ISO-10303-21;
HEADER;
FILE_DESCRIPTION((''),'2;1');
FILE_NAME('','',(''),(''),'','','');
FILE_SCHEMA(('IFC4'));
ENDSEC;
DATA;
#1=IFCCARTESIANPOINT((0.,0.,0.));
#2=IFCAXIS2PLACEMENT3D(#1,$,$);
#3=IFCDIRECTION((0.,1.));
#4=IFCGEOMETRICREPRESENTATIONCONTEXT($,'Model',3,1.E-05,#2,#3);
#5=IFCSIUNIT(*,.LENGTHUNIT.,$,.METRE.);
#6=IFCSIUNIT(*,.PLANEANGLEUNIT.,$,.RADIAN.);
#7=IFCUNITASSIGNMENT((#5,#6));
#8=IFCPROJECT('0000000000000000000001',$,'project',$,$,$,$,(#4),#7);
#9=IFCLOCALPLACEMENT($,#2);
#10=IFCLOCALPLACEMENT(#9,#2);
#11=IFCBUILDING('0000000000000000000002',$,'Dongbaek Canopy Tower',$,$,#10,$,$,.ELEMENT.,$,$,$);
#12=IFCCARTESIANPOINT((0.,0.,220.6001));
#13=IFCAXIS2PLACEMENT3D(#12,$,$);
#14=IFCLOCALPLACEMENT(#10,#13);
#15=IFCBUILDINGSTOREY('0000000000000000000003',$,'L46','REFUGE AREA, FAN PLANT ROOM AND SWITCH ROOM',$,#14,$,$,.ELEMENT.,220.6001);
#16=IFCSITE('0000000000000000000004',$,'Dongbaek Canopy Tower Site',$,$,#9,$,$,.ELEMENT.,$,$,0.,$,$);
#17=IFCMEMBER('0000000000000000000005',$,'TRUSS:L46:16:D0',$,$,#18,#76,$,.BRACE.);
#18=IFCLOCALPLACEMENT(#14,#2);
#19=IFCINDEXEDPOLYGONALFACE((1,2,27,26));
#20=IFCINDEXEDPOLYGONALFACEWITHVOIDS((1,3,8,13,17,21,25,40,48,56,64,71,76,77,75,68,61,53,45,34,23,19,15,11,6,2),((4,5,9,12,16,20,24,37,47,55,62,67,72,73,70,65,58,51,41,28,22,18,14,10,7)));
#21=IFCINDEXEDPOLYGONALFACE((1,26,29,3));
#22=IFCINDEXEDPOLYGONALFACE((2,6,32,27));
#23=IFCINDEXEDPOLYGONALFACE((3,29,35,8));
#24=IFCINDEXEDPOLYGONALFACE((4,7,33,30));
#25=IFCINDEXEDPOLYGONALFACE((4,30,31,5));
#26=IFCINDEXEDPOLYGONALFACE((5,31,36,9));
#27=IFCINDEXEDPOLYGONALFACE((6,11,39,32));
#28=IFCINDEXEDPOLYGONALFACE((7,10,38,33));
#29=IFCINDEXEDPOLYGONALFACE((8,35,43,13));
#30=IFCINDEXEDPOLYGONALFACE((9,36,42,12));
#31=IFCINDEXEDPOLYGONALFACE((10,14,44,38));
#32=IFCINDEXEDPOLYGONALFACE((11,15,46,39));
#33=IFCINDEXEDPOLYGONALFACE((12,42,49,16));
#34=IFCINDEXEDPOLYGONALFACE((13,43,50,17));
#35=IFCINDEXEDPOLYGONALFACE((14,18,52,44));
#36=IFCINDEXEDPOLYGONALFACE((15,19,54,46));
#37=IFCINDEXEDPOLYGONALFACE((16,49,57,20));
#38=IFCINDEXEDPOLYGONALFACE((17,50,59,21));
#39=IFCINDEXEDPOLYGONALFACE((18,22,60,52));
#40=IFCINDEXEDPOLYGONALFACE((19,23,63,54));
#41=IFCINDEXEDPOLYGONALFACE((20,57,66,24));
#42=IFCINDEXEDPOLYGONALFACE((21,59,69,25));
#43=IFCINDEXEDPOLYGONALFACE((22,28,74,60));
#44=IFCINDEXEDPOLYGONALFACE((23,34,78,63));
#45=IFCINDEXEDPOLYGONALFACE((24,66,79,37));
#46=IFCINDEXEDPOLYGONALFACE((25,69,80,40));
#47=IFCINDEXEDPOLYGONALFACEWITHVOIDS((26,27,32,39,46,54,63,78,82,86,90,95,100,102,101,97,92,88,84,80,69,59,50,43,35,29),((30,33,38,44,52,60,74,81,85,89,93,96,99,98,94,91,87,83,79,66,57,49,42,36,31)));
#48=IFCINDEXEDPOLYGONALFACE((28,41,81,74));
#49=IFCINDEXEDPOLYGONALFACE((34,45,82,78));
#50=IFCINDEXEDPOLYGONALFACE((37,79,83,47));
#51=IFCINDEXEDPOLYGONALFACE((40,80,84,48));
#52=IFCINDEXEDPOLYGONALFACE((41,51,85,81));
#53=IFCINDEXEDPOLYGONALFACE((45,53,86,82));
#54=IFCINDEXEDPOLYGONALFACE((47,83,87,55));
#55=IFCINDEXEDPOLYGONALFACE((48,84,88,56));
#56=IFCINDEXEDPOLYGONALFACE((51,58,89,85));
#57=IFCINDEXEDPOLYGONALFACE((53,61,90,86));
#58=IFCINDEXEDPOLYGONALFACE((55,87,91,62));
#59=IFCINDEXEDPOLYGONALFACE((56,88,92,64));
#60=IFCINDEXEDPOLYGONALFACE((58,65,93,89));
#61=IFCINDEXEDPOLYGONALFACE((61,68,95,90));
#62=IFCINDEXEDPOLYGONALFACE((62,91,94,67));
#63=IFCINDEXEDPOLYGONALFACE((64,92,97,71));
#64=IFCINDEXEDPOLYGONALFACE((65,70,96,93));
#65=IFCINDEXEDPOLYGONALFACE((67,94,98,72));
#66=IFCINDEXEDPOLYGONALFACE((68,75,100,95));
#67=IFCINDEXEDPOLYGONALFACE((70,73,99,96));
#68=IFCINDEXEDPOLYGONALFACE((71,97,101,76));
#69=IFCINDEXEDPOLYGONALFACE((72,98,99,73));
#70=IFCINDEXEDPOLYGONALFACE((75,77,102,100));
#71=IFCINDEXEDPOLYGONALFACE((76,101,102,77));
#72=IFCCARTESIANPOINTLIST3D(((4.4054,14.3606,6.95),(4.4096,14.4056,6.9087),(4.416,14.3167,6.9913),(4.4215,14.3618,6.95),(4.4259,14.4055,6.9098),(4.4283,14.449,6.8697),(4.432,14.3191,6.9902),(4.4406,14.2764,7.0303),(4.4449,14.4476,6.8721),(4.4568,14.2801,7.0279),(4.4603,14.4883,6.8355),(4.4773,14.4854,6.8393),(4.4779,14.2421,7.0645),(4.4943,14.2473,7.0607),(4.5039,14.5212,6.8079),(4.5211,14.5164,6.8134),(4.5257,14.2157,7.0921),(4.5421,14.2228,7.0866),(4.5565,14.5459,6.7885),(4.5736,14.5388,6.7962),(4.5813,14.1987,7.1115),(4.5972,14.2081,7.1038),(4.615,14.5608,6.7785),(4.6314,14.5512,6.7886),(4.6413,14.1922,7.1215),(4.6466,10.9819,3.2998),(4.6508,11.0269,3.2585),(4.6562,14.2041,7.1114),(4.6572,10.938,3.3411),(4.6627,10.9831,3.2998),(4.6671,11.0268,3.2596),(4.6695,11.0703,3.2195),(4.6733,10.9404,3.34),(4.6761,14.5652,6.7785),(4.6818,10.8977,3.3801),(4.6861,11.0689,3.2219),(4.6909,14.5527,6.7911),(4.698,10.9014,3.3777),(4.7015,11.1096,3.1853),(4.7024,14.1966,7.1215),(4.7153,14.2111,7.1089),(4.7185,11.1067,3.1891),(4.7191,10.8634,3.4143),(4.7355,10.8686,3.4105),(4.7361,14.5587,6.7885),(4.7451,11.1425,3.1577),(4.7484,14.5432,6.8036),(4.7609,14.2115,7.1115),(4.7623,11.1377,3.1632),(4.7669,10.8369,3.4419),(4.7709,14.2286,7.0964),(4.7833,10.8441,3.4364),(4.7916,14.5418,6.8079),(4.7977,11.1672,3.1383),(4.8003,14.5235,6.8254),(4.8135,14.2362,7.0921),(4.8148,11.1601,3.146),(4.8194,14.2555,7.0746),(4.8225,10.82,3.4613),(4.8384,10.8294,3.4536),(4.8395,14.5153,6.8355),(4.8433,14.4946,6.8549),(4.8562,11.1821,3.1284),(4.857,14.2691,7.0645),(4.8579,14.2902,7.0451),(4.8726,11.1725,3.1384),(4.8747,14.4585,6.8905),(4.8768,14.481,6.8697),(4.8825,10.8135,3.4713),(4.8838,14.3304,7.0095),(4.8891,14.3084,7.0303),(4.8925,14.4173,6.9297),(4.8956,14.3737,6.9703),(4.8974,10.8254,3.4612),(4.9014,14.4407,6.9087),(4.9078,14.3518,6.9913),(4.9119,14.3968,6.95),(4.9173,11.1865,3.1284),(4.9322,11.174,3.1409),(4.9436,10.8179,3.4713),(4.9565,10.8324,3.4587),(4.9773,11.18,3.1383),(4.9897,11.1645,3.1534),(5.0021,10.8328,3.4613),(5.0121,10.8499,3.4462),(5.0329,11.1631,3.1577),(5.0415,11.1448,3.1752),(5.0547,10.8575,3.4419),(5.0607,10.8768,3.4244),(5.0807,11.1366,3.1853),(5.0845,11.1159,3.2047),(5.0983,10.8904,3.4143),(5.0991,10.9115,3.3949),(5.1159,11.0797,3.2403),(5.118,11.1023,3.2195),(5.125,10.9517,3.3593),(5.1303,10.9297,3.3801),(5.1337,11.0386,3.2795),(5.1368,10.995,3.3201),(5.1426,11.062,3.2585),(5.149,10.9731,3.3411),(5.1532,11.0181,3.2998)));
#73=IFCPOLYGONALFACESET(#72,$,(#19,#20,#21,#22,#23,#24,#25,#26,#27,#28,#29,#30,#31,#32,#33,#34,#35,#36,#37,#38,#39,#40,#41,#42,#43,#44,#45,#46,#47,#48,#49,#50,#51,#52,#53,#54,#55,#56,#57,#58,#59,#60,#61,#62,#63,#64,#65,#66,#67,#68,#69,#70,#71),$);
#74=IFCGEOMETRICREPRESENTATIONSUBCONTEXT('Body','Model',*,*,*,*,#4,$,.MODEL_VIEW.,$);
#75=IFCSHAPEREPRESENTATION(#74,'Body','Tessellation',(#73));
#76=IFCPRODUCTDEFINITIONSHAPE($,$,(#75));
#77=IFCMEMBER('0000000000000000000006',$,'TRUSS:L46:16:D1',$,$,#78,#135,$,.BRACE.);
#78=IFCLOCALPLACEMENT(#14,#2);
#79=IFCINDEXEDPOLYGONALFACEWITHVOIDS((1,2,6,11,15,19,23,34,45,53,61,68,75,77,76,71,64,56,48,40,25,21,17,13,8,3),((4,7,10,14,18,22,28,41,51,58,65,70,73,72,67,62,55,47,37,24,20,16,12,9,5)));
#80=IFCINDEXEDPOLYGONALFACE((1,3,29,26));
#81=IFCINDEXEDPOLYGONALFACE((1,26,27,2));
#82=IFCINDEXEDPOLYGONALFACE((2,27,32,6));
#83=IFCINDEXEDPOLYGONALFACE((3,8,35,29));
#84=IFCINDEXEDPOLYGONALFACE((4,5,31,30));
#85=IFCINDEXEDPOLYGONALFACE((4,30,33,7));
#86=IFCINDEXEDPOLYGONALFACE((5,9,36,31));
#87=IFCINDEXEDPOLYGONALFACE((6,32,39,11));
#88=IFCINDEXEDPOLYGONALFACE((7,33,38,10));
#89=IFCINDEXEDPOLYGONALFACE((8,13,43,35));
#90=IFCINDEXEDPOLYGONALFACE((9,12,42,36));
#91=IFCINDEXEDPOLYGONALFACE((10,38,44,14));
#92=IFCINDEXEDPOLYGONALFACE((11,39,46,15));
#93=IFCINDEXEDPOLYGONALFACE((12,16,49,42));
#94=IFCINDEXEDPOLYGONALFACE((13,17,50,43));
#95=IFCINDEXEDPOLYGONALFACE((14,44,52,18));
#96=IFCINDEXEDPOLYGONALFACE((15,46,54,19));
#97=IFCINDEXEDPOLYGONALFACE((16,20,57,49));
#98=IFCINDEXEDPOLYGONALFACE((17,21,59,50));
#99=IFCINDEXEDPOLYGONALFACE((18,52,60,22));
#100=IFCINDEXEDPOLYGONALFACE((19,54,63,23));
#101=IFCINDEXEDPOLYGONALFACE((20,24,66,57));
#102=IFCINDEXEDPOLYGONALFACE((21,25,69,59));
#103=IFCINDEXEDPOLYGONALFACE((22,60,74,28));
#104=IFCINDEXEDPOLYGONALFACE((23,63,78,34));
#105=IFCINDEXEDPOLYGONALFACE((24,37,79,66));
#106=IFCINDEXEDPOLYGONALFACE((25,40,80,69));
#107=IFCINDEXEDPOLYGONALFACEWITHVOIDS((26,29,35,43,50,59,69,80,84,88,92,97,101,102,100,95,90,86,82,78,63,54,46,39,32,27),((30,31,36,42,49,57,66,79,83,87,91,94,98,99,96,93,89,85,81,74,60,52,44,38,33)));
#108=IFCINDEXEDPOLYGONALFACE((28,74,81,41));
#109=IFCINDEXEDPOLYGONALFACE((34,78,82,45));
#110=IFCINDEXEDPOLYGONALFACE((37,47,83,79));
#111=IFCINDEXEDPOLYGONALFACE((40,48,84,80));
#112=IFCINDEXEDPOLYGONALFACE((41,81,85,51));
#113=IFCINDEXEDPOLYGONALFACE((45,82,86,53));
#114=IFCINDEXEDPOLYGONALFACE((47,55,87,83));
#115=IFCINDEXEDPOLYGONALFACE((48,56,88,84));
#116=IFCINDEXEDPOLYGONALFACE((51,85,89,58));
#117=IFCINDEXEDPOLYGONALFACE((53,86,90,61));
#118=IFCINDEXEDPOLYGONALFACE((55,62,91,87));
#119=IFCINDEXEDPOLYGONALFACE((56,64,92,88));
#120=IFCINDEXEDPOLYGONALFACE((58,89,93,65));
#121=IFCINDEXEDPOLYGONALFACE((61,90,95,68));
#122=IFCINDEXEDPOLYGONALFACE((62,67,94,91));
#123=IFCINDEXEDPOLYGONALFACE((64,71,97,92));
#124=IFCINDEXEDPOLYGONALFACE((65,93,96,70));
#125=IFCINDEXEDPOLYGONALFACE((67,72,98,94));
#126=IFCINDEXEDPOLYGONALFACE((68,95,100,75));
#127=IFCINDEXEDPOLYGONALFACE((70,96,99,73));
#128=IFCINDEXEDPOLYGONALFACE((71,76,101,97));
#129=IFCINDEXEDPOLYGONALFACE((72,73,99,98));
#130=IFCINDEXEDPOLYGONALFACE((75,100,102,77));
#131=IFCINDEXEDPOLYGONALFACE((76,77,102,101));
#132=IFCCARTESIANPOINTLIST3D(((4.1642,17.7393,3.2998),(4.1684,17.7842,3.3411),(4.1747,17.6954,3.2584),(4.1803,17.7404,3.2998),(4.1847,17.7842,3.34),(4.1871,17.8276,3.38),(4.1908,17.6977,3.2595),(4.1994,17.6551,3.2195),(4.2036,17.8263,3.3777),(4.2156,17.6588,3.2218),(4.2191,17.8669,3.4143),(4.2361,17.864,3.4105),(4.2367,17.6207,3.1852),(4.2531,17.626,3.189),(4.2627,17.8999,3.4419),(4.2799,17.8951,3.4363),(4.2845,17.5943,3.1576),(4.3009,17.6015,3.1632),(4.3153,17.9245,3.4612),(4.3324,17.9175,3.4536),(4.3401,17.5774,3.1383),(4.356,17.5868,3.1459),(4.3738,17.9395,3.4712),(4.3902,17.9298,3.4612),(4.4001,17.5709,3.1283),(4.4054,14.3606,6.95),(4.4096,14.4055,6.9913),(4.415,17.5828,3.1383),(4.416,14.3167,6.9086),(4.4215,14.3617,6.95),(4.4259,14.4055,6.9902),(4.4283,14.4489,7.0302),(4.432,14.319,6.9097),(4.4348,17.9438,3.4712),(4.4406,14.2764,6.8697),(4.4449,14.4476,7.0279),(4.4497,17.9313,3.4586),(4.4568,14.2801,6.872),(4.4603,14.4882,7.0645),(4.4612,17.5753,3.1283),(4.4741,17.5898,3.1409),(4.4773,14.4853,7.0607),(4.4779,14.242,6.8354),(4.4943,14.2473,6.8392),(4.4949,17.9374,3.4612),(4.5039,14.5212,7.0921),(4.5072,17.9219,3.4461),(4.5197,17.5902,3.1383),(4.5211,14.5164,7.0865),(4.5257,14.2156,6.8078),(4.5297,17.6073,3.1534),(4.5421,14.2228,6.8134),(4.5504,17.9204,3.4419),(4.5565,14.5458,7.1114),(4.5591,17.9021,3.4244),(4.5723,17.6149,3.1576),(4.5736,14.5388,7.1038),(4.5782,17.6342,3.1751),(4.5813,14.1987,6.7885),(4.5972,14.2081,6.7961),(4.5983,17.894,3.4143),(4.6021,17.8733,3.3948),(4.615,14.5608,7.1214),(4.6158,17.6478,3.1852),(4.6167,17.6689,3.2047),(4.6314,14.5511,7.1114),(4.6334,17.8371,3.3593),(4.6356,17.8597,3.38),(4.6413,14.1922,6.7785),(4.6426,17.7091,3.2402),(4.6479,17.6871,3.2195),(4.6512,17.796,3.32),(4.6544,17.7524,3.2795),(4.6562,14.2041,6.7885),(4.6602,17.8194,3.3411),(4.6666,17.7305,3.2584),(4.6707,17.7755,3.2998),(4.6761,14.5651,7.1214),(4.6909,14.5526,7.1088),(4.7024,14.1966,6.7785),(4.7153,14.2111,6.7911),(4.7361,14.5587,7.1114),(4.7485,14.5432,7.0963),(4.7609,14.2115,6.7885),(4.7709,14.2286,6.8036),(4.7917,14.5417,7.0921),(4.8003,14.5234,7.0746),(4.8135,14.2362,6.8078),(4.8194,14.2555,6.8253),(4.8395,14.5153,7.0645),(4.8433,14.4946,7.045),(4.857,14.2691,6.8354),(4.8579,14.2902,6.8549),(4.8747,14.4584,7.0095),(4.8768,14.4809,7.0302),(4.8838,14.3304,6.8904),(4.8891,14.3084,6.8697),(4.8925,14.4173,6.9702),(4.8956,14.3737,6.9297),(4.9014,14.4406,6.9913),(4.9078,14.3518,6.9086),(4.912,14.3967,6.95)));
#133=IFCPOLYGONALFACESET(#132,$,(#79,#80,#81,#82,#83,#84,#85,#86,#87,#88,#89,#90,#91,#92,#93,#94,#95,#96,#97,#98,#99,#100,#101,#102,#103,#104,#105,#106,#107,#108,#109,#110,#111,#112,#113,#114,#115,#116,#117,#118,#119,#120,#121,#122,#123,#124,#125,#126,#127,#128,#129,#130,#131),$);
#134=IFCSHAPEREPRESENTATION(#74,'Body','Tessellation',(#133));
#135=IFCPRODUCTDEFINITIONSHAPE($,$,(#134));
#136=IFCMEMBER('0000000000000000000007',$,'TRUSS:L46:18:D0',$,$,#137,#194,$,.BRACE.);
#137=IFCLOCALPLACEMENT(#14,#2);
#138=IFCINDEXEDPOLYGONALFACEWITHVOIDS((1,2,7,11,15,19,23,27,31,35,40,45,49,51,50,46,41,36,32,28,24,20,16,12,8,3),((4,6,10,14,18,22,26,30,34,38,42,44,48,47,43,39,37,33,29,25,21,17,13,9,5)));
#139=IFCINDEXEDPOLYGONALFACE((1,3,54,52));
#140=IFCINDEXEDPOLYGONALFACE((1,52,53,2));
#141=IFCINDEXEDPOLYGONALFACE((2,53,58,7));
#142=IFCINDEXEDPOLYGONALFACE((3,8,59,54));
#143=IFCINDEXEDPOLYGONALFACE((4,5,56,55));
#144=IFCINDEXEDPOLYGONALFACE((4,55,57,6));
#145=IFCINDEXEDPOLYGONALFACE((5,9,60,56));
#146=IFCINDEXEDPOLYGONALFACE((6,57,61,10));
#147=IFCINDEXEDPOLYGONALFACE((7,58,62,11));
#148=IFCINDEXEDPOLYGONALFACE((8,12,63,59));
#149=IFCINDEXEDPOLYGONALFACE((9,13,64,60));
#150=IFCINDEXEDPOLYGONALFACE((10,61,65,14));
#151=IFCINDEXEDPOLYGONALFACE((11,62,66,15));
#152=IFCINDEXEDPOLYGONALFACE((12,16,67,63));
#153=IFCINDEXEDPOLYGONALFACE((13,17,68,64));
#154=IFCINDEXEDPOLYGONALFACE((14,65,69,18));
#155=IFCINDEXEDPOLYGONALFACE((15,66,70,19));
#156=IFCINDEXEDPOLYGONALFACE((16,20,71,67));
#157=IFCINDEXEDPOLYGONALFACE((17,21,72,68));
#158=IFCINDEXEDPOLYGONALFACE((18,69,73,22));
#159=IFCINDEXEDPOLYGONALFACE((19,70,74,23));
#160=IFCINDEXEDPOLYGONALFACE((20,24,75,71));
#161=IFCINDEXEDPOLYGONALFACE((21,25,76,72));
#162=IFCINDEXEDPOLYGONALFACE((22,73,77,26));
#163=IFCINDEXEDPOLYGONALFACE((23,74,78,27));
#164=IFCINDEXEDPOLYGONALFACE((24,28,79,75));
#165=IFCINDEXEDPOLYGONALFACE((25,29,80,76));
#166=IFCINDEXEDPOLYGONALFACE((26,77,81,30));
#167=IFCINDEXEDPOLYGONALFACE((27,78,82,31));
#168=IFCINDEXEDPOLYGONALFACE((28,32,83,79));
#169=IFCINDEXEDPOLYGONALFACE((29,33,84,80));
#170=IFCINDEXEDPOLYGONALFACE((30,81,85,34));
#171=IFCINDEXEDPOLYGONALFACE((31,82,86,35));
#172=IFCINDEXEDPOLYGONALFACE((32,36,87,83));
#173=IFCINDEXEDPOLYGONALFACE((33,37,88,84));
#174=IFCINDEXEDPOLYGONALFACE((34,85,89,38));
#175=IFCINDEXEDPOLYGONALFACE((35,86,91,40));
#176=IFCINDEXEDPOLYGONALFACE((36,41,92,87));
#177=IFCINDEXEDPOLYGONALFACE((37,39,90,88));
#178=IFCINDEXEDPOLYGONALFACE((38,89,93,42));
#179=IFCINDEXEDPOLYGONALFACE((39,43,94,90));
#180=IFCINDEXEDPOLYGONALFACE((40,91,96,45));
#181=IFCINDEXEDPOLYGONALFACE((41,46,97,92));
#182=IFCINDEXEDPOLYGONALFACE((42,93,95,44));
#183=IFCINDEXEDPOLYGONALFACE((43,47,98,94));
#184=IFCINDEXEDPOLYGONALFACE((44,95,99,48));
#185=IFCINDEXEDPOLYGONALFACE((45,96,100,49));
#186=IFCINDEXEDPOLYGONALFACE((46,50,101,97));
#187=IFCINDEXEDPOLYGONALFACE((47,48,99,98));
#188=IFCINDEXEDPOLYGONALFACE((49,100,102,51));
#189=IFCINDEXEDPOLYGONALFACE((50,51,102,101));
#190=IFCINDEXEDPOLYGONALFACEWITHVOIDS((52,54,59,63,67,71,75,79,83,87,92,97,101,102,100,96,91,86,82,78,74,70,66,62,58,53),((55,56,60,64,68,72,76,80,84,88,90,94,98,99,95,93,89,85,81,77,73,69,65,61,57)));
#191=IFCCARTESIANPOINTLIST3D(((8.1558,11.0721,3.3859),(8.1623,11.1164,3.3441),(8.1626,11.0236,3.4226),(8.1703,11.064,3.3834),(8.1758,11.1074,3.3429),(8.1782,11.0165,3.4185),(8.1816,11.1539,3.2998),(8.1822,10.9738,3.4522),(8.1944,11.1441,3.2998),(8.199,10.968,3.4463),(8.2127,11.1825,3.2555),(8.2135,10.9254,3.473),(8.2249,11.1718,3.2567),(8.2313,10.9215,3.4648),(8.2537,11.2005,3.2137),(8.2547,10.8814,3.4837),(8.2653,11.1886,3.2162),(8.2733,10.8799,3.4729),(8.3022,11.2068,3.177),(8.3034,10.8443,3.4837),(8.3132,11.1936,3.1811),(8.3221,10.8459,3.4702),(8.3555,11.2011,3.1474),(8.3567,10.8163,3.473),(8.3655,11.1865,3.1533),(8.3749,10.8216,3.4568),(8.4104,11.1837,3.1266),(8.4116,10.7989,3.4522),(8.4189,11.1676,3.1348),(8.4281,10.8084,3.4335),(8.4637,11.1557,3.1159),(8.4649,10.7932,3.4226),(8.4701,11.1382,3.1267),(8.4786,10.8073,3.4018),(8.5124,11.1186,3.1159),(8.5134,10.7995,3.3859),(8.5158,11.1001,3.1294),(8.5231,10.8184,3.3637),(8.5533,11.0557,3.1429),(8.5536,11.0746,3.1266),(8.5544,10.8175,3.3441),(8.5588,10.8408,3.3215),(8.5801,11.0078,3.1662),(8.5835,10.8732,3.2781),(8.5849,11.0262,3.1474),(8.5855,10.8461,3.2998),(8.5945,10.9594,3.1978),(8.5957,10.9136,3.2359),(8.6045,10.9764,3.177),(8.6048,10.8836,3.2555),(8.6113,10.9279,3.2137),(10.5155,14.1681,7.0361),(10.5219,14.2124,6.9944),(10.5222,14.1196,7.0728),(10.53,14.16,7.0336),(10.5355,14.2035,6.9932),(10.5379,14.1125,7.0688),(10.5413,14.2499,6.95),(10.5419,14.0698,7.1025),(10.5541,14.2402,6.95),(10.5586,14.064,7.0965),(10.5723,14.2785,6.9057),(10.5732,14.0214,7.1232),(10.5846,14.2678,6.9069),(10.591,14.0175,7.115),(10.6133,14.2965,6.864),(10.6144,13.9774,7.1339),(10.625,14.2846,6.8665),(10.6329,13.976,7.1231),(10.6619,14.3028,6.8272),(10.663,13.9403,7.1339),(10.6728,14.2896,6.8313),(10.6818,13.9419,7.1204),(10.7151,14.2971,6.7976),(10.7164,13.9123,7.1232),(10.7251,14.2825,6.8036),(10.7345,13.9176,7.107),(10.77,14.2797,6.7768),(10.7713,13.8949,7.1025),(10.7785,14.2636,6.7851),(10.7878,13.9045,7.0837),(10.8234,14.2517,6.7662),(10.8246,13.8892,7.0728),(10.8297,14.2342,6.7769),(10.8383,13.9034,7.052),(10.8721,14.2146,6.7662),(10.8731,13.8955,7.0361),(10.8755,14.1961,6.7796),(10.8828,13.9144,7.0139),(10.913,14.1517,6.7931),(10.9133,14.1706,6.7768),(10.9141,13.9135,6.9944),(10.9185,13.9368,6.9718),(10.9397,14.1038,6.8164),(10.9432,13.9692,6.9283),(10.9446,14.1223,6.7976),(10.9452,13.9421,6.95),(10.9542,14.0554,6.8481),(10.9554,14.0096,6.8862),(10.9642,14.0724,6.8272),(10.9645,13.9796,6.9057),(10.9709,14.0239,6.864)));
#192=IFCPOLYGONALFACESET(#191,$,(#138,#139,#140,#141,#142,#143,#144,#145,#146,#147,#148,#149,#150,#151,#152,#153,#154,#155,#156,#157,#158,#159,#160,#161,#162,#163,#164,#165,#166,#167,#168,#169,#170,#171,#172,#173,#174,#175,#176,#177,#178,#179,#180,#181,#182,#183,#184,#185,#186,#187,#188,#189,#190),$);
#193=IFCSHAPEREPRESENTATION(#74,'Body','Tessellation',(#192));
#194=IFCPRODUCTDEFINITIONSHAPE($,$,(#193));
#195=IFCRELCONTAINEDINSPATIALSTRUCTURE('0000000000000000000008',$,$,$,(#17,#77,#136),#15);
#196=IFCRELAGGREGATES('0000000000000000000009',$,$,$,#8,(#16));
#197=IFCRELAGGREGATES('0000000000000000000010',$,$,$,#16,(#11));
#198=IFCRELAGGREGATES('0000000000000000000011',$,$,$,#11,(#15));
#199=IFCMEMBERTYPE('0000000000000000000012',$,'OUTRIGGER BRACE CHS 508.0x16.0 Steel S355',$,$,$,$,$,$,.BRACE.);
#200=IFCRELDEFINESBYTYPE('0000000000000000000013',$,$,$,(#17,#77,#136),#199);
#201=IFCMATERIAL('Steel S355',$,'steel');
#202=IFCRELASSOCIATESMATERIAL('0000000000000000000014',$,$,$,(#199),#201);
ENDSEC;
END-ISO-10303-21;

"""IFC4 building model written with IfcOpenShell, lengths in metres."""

from ifc_helpers import new_model, si_unit, direction, frame, origin, origin_2d, place, context, subcontext, project, spatial, hollow_circle, extrude, material, material_profile, profile_set, type_object, element, save


model = new_model("IFC4")

# Units and contexts
model_context = context("Model", 3, precision=1e-05, world=origin(), true_north=direction((0.0, 1.0)))
body_context = subcontext(model_context, "Body", "Model", "MODEL_VIEW")
ifc_project = project(units=[si_unit("LENGTHUNIT", "METRE"), si_unit("PLANEANGLEUNIT", "RADIAN")], contexts=[model_context])

# Site, building, storey
site_placement = place(None, origin())
site = spatial("IfcSite", under=ifc_project, at=site_placement, Name="Dongbaek Canopy Tower Site", CompositionType="ELEMENT", RefElevation=0.0)
building_placement = place(site_placement, origin())
building = spatial("IfcBuilding", under=site, at=building_placement, Name="Dongbaek Canopy Tower", CompositionType="ELEMENT")
storey_placement = place(building_placement, frame((0.0, 0.0, 220.6001)))
storey = spatial("IfcBuildingStorey", under=building, at=storey_placement, Name="L46", Description="REFUGE AREA, FAN PLANT ROOM AND SWITCH ROOM", CompositionType="ELEMENT", Elevation=220.6001)

# Members
ifc_material_1 = material(Name="Steel S355", Category="steel")
ifc_material_profile_1 = material_profile(ifc_material_1, hollow_circle(Radius=0.2539, WallThickness=0.0161, at=origin_2d()), Name="OUTRIGGER BRACE CHS 508.0x16.0 Steel S355")
ifc_profile_set_1 = profile_set([ifc_material_profile_1], Name="Steel S355")
member_type_1 = type_object("IfcMemberType", Name="OUTRIGGER BRACE CHS 508.0x16.0 Steel S355", PredefinedType="BRACE", material=ifc_profile_set_1)
for number, where, z_axis, x_axis, name in (
    (1, (4.8999, 11.0, 3.2998), (-0.048439, 0.678491, 0.73301), (-0.997461, -0.071211, 0.0), "TRUSS:L46:16:D0"),
    (2, (4.6587, 14.3787, 6.95), (-0.048439, 0.678491, -0.73301), (-0.997461, -0.071211, 0.0), "TRUSS:L46:16:D1"),
):
    element("IfcMember", number, at=place(storey_placement, frame(where, z_axis=z_axis, x_axis=x_axis)), inside=storey, type_object=member_type_1, Name=name, PredefinedType="BRACE", context=body_context, shape_type="SweptSolid", body=[
        extrude(hollow_circle(Radius=0.2539, WallThickness=0.0161, at=origin_2d()), origin(), (0.0, 0.0, 1.0), 4.9797),
    ])
for number, where, z_axis, x_axis, name in (
    (3, (8.3835, 11.0, 3.2998), (0.442181, 0.580166, 0.68402), (-0.795332, 0.606174, 0.0), "TRUSS:L46:18:D0"),
):
    element("IfcMember", number, at=place(storey_placement, frame(where, z_axis=z_axis, x_axis=x_axis)), inside=storey, type_object=member_type_1, Name=name, PredefinedType="BRACE", context=body_context, shape_type="SweptSolid", body=[
        extrude(hollow_circle(Radius=0.2539, WallThickness=0.0161, at=origin_2d()), origin(), (0.0, 0.0, 1.0), 5.3364),
    ])

save(model, "model.ifc")
